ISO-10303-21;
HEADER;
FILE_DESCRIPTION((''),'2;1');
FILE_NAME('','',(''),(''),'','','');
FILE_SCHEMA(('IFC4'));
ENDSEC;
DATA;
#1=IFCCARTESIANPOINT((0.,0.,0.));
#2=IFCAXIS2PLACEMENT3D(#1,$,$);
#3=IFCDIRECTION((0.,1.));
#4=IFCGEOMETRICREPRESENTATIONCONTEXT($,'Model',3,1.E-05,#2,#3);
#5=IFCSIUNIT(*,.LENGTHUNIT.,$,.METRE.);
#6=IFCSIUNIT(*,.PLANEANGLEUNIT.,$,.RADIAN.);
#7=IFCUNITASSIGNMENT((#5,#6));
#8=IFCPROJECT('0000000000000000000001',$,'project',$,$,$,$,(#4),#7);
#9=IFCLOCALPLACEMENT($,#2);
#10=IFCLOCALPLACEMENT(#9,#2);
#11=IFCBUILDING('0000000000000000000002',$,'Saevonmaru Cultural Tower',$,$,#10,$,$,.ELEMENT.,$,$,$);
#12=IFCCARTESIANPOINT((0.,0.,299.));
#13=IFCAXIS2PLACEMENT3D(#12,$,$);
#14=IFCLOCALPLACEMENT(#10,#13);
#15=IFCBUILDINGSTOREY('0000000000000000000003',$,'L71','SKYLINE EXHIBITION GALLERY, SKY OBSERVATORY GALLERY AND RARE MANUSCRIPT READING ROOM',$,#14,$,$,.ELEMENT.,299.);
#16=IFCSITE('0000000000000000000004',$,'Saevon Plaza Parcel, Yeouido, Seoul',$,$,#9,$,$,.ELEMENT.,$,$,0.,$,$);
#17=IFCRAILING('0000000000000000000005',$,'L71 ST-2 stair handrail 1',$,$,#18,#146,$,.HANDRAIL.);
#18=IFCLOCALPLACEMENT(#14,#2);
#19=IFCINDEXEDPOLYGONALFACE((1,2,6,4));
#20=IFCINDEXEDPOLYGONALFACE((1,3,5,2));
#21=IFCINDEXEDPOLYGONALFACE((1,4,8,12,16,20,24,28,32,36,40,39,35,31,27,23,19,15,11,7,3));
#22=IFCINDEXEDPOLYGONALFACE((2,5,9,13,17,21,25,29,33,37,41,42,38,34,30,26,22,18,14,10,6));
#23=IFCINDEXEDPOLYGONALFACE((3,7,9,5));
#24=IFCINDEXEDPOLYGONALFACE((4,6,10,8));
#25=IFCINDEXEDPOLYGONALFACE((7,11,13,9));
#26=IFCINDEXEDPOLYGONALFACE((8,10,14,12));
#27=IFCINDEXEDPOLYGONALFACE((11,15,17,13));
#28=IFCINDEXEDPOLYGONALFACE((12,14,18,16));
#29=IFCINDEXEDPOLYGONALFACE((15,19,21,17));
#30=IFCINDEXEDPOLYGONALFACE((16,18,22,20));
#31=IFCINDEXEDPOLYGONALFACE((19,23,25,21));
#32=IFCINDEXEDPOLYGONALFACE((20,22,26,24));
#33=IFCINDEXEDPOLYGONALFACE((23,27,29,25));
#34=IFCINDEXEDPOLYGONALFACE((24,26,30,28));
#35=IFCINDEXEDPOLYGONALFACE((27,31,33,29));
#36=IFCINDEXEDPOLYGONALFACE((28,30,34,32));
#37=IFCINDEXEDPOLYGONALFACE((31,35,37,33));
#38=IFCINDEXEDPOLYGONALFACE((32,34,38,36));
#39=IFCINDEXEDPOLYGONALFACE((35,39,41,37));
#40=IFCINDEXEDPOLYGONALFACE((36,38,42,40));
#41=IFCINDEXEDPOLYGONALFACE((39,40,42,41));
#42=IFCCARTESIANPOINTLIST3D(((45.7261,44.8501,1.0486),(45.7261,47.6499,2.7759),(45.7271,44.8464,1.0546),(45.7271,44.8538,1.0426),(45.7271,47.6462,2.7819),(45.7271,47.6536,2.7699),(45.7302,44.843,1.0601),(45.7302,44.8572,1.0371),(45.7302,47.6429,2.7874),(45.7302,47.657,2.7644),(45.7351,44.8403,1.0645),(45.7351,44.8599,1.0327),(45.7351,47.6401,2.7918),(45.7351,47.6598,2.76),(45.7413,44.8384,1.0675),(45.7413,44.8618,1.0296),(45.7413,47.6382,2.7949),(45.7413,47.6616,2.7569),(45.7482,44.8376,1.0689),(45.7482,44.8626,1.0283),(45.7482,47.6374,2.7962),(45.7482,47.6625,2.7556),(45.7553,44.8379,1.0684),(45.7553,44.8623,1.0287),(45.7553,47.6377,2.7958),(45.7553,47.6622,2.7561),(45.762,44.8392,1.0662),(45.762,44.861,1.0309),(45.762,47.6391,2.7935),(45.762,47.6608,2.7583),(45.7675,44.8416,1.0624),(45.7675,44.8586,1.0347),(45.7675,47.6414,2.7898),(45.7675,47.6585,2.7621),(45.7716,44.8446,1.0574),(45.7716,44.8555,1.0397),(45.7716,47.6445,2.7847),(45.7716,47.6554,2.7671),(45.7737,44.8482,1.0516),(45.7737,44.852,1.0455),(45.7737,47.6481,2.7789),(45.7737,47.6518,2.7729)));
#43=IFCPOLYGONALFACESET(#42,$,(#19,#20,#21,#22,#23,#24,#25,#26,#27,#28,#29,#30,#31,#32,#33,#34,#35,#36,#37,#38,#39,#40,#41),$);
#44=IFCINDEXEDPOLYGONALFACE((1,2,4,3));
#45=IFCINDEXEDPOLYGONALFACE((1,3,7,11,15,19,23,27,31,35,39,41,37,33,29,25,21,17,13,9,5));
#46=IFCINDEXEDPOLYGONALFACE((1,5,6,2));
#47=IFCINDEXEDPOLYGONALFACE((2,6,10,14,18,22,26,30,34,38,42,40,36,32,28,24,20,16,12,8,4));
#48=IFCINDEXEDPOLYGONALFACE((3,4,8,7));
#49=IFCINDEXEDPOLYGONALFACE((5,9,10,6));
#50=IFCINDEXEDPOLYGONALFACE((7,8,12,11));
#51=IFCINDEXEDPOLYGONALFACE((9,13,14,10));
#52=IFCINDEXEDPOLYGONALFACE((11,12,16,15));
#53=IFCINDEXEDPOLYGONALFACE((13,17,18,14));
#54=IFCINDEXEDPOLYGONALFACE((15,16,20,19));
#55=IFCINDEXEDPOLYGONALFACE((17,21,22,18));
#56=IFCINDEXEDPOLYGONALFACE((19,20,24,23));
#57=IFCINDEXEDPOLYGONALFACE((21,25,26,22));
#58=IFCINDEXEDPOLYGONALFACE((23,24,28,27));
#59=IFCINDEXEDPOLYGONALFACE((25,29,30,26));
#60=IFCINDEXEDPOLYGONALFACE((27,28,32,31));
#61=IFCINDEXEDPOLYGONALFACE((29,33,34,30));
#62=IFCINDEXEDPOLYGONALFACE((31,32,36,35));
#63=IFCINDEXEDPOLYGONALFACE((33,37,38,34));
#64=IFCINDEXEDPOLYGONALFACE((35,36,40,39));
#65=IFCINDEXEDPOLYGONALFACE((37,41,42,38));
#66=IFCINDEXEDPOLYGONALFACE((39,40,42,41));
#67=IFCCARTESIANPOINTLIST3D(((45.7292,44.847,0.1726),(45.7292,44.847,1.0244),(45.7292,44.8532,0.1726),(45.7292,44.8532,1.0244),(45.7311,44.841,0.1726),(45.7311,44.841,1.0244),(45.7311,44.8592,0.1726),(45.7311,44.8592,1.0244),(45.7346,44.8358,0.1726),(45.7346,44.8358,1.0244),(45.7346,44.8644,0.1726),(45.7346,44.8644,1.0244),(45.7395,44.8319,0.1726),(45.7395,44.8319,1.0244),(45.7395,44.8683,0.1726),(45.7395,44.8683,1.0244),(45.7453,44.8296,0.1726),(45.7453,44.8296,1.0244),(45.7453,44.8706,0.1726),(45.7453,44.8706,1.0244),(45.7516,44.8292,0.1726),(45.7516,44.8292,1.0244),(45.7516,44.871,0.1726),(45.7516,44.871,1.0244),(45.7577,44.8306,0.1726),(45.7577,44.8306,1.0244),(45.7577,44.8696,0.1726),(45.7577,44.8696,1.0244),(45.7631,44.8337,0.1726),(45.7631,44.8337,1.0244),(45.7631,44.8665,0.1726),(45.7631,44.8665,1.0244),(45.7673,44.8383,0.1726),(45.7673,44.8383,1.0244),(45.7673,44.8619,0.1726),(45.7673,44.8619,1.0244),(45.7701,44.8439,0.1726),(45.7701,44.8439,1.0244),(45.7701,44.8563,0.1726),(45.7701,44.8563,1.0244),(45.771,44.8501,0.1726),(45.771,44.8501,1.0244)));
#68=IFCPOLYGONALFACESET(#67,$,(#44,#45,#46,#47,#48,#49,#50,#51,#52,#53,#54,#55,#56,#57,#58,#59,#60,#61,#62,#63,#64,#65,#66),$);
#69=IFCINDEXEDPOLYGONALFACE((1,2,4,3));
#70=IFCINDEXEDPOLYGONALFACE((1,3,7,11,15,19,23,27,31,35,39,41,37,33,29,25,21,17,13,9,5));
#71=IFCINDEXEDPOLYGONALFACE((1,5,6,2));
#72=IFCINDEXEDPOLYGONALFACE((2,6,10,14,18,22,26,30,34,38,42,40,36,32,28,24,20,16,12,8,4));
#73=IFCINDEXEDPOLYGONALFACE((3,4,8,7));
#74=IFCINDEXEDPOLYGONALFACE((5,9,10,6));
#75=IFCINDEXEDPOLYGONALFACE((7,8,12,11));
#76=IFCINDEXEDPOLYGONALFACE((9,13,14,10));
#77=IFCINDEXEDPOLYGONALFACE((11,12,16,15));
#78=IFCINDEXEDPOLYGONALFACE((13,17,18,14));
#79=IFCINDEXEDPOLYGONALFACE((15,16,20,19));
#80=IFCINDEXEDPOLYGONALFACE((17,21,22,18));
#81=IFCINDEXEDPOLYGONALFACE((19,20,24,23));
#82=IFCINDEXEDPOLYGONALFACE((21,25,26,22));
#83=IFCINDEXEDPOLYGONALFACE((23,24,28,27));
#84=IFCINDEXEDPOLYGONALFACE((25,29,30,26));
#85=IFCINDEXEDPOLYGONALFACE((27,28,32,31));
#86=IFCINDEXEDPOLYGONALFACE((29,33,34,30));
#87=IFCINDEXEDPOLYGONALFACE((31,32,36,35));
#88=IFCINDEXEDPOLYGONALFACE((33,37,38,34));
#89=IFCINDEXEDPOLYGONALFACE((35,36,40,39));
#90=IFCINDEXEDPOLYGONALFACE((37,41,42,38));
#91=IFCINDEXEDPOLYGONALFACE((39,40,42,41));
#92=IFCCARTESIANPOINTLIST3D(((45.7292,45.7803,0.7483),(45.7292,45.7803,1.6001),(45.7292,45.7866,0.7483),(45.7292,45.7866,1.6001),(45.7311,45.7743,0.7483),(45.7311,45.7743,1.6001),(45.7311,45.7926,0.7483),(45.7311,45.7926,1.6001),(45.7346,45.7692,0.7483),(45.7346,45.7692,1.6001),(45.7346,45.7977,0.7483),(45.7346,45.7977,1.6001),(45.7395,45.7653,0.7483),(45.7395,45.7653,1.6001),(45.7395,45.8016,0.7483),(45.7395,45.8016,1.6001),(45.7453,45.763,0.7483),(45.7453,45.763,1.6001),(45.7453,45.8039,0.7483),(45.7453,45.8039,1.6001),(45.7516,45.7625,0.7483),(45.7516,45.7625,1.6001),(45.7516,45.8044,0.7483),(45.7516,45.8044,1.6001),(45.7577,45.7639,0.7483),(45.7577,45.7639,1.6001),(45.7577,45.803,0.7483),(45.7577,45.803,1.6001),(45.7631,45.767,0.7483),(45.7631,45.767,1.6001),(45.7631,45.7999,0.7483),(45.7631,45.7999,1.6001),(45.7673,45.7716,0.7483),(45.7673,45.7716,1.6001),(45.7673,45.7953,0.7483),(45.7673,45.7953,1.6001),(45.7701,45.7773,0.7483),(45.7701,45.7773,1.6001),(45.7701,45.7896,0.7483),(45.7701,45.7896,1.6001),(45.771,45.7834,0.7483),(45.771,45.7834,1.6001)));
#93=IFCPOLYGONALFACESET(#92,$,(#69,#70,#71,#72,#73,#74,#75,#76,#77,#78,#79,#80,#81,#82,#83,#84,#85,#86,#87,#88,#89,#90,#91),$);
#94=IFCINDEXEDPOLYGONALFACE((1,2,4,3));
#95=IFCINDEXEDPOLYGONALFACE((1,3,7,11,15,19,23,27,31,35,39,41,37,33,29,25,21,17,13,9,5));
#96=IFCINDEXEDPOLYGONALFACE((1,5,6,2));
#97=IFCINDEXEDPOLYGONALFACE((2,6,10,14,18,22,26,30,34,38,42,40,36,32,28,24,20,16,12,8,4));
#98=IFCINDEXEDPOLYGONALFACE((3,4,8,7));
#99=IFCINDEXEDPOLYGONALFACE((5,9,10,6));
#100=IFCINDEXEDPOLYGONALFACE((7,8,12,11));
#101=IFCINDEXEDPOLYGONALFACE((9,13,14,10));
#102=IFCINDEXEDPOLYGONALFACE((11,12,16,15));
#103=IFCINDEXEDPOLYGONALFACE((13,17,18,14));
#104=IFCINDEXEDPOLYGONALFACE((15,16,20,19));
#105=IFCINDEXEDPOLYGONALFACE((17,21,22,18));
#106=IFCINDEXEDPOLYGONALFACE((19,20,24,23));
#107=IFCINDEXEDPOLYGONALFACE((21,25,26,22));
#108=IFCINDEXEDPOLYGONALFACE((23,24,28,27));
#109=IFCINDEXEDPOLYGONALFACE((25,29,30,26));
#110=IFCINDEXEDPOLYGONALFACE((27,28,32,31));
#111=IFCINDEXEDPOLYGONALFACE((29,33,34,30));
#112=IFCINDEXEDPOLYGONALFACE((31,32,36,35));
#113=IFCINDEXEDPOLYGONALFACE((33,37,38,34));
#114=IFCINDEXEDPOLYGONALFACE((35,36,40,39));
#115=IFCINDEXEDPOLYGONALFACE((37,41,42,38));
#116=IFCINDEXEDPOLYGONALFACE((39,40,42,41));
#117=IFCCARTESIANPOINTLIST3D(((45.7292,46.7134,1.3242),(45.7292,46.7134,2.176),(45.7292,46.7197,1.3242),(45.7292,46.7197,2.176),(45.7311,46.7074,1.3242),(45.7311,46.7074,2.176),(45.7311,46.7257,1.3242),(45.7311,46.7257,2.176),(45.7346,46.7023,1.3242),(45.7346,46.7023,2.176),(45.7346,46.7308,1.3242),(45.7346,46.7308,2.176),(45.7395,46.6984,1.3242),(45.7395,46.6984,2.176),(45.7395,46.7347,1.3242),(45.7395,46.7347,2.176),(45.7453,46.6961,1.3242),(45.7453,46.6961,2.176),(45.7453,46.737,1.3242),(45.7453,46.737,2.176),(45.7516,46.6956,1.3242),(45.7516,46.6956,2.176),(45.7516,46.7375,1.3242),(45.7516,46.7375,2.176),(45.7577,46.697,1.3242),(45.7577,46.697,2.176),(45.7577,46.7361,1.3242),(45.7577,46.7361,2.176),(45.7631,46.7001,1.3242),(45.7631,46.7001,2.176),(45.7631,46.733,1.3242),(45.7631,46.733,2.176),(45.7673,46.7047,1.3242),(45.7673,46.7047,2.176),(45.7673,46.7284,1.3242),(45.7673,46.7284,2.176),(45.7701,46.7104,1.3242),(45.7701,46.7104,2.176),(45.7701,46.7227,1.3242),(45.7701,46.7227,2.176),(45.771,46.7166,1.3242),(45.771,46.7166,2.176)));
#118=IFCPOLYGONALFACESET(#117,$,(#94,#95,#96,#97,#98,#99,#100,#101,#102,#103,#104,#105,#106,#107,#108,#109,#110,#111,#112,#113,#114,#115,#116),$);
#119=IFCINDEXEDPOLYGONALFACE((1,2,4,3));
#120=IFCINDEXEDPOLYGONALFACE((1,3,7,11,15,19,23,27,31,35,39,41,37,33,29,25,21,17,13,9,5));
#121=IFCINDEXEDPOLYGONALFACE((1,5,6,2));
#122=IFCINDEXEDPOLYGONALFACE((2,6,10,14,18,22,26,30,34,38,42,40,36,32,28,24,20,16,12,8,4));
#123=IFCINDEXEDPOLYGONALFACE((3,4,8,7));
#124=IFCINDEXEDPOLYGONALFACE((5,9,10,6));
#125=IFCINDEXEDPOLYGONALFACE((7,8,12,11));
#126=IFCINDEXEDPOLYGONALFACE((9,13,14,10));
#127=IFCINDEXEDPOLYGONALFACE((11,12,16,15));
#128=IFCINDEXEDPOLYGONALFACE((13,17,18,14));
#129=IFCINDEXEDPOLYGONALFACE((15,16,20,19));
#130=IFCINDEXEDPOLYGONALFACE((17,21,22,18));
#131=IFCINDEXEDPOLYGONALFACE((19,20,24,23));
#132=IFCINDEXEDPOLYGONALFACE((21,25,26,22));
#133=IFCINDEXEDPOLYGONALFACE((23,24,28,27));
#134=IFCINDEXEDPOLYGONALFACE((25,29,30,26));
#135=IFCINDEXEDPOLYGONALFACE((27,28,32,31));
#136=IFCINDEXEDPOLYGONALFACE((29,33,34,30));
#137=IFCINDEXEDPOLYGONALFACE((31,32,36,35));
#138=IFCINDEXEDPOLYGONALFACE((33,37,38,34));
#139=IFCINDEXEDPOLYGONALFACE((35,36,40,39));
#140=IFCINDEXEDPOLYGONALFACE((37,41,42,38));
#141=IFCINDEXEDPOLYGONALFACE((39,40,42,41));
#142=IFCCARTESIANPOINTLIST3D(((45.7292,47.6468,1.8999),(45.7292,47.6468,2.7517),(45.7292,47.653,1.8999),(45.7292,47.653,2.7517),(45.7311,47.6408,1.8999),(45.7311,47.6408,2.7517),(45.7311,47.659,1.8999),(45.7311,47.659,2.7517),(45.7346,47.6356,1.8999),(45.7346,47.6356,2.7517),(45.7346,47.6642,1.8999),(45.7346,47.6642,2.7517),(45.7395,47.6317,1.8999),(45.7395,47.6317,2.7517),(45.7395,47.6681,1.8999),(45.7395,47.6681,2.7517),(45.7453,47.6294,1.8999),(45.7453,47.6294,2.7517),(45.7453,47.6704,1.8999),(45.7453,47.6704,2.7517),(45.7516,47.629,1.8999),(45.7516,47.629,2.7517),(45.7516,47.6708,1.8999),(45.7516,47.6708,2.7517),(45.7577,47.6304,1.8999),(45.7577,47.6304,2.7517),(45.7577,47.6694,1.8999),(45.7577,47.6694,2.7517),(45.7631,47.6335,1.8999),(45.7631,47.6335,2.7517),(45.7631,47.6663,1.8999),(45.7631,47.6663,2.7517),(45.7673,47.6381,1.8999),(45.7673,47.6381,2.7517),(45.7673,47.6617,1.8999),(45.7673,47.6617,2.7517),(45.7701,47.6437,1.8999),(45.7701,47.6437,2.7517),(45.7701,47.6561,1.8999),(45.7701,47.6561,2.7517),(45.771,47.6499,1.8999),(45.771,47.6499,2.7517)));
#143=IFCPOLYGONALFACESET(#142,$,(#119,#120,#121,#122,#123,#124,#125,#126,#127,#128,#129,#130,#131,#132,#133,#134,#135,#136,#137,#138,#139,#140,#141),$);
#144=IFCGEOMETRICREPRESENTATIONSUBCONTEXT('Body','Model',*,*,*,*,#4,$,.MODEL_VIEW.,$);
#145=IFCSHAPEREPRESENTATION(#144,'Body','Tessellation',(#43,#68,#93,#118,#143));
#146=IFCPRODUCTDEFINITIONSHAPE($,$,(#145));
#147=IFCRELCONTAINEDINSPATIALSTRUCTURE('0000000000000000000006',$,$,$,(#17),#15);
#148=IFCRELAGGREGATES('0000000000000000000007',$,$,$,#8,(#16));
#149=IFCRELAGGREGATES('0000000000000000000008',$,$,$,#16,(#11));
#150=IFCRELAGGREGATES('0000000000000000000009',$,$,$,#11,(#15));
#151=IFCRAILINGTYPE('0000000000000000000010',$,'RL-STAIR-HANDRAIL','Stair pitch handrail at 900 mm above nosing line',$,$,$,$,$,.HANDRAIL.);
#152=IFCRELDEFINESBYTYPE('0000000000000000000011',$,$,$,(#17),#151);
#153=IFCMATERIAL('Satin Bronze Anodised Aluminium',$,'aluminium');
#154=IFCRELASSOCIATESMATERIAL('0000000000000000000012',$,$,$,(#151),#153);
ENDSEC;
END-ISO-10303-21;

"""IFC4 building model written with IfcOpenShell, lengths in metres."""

from ifc_helpers import new_model, si_unit, direction, frame, origin, origin_2d, place, context, subcontext, project, spatial, circle, extrude, material, type_object, element, save


model = new_model("IFC4")

# Units and contexts
model_context = context("Model", 3, precision=1e-05, world=origin(), true_north=direction((0.0, 1.0)))
body_context = subcontext(model_context, "Body", "Model", "MODEL_VIEW")
ifc_project = project(units=[si_unit("LENGTHUNIT", "METRE"), si_unit("PLANEANGLEUNIT", "RADIAN")], contexts=[model_context])

# Site, building, storey
site_placement = place(None, origin())
site = spatial("IfcSite", under=ifc_project, at=site_placement, Name="Saevon Plaza Parcel, Yeouido, Seoul", CompositionType="ELEMENT", RefElevation=0.0)
building_placement = place(site_placement, origin())
building = spatial("IfcBuilding", under=site, at=building_placement, Name="Saevonmaru Cultural Tower", CompositionType="ELEMENT")
storey_placement = place(building_placement, frame((0.0, 0.0, 299.0)))
storey = spatial("IfcBuildingStorey", under=building, at=storey_placement, Name="L71", Description="SKYLINE EXHIBITION GALLERY, SKY OBSERVATORY GALLERY AND RARE MANUSCRIPT READING ROOM", CompositionType="ELEMENT", Elevation=299.0)

# Shared definitions
ifc_material_1 = material(Name="Satin Bronze Anodised Aluminium", Category="aluminium")

# Railing
railing_type_1 = type_object("IfcRailingType", Name="RL-STAIR-HANDRAIL", Description="Stair pitch handrail at 900 mm above nosing line", PredefinedType="HANDRAIL", material=ifc_material_1)
railing_1_placement = place(storey_placement, frame((45.75, 44.8501, 0.1726)))
element("IfcRailing", 1, at=railing_1_placement, inside=storey, type_object=railing_type_1, Name="L71 ST-2 stair handrail 1", PredefinedType="HANDRAIL", context=body_context, shape_type="SweptSolid", body=[
    extrude(circle(Radius=0.0239, at=origin_2d()), frame((0.0, 0.0, 0.876), z_axis=(0.0, 0.851069, 0.525054), x_axis=(-1.0, 0.0, 0.0)), (0.0, 0.0, 1.0), 3.2898),
    extrude(circle(Radius=0.021, at=origin_2d()), origin(), (0.0, 0.0, 1.0), 0.8518),
    extrude(circle(Radius=0.021, at=origin_2d()), frame((0.0, 0.9333, 0.5757)), (0.0, 0.0, 1.0), 0.8518),
    extrude(circle(Radius=0.021, at=origin_2d()), frame((0.0, 1.8665, 1.1516)), (0.0, 0.0, 1.0), 0.8518),
    extrude(circle(Radius=0.021, at=origin_2d()), frame((0.0, 2.7998, 1.7273)), (0.0, 0.0, 1.0), 0.8518),
])

save(model, "model.ifc")
